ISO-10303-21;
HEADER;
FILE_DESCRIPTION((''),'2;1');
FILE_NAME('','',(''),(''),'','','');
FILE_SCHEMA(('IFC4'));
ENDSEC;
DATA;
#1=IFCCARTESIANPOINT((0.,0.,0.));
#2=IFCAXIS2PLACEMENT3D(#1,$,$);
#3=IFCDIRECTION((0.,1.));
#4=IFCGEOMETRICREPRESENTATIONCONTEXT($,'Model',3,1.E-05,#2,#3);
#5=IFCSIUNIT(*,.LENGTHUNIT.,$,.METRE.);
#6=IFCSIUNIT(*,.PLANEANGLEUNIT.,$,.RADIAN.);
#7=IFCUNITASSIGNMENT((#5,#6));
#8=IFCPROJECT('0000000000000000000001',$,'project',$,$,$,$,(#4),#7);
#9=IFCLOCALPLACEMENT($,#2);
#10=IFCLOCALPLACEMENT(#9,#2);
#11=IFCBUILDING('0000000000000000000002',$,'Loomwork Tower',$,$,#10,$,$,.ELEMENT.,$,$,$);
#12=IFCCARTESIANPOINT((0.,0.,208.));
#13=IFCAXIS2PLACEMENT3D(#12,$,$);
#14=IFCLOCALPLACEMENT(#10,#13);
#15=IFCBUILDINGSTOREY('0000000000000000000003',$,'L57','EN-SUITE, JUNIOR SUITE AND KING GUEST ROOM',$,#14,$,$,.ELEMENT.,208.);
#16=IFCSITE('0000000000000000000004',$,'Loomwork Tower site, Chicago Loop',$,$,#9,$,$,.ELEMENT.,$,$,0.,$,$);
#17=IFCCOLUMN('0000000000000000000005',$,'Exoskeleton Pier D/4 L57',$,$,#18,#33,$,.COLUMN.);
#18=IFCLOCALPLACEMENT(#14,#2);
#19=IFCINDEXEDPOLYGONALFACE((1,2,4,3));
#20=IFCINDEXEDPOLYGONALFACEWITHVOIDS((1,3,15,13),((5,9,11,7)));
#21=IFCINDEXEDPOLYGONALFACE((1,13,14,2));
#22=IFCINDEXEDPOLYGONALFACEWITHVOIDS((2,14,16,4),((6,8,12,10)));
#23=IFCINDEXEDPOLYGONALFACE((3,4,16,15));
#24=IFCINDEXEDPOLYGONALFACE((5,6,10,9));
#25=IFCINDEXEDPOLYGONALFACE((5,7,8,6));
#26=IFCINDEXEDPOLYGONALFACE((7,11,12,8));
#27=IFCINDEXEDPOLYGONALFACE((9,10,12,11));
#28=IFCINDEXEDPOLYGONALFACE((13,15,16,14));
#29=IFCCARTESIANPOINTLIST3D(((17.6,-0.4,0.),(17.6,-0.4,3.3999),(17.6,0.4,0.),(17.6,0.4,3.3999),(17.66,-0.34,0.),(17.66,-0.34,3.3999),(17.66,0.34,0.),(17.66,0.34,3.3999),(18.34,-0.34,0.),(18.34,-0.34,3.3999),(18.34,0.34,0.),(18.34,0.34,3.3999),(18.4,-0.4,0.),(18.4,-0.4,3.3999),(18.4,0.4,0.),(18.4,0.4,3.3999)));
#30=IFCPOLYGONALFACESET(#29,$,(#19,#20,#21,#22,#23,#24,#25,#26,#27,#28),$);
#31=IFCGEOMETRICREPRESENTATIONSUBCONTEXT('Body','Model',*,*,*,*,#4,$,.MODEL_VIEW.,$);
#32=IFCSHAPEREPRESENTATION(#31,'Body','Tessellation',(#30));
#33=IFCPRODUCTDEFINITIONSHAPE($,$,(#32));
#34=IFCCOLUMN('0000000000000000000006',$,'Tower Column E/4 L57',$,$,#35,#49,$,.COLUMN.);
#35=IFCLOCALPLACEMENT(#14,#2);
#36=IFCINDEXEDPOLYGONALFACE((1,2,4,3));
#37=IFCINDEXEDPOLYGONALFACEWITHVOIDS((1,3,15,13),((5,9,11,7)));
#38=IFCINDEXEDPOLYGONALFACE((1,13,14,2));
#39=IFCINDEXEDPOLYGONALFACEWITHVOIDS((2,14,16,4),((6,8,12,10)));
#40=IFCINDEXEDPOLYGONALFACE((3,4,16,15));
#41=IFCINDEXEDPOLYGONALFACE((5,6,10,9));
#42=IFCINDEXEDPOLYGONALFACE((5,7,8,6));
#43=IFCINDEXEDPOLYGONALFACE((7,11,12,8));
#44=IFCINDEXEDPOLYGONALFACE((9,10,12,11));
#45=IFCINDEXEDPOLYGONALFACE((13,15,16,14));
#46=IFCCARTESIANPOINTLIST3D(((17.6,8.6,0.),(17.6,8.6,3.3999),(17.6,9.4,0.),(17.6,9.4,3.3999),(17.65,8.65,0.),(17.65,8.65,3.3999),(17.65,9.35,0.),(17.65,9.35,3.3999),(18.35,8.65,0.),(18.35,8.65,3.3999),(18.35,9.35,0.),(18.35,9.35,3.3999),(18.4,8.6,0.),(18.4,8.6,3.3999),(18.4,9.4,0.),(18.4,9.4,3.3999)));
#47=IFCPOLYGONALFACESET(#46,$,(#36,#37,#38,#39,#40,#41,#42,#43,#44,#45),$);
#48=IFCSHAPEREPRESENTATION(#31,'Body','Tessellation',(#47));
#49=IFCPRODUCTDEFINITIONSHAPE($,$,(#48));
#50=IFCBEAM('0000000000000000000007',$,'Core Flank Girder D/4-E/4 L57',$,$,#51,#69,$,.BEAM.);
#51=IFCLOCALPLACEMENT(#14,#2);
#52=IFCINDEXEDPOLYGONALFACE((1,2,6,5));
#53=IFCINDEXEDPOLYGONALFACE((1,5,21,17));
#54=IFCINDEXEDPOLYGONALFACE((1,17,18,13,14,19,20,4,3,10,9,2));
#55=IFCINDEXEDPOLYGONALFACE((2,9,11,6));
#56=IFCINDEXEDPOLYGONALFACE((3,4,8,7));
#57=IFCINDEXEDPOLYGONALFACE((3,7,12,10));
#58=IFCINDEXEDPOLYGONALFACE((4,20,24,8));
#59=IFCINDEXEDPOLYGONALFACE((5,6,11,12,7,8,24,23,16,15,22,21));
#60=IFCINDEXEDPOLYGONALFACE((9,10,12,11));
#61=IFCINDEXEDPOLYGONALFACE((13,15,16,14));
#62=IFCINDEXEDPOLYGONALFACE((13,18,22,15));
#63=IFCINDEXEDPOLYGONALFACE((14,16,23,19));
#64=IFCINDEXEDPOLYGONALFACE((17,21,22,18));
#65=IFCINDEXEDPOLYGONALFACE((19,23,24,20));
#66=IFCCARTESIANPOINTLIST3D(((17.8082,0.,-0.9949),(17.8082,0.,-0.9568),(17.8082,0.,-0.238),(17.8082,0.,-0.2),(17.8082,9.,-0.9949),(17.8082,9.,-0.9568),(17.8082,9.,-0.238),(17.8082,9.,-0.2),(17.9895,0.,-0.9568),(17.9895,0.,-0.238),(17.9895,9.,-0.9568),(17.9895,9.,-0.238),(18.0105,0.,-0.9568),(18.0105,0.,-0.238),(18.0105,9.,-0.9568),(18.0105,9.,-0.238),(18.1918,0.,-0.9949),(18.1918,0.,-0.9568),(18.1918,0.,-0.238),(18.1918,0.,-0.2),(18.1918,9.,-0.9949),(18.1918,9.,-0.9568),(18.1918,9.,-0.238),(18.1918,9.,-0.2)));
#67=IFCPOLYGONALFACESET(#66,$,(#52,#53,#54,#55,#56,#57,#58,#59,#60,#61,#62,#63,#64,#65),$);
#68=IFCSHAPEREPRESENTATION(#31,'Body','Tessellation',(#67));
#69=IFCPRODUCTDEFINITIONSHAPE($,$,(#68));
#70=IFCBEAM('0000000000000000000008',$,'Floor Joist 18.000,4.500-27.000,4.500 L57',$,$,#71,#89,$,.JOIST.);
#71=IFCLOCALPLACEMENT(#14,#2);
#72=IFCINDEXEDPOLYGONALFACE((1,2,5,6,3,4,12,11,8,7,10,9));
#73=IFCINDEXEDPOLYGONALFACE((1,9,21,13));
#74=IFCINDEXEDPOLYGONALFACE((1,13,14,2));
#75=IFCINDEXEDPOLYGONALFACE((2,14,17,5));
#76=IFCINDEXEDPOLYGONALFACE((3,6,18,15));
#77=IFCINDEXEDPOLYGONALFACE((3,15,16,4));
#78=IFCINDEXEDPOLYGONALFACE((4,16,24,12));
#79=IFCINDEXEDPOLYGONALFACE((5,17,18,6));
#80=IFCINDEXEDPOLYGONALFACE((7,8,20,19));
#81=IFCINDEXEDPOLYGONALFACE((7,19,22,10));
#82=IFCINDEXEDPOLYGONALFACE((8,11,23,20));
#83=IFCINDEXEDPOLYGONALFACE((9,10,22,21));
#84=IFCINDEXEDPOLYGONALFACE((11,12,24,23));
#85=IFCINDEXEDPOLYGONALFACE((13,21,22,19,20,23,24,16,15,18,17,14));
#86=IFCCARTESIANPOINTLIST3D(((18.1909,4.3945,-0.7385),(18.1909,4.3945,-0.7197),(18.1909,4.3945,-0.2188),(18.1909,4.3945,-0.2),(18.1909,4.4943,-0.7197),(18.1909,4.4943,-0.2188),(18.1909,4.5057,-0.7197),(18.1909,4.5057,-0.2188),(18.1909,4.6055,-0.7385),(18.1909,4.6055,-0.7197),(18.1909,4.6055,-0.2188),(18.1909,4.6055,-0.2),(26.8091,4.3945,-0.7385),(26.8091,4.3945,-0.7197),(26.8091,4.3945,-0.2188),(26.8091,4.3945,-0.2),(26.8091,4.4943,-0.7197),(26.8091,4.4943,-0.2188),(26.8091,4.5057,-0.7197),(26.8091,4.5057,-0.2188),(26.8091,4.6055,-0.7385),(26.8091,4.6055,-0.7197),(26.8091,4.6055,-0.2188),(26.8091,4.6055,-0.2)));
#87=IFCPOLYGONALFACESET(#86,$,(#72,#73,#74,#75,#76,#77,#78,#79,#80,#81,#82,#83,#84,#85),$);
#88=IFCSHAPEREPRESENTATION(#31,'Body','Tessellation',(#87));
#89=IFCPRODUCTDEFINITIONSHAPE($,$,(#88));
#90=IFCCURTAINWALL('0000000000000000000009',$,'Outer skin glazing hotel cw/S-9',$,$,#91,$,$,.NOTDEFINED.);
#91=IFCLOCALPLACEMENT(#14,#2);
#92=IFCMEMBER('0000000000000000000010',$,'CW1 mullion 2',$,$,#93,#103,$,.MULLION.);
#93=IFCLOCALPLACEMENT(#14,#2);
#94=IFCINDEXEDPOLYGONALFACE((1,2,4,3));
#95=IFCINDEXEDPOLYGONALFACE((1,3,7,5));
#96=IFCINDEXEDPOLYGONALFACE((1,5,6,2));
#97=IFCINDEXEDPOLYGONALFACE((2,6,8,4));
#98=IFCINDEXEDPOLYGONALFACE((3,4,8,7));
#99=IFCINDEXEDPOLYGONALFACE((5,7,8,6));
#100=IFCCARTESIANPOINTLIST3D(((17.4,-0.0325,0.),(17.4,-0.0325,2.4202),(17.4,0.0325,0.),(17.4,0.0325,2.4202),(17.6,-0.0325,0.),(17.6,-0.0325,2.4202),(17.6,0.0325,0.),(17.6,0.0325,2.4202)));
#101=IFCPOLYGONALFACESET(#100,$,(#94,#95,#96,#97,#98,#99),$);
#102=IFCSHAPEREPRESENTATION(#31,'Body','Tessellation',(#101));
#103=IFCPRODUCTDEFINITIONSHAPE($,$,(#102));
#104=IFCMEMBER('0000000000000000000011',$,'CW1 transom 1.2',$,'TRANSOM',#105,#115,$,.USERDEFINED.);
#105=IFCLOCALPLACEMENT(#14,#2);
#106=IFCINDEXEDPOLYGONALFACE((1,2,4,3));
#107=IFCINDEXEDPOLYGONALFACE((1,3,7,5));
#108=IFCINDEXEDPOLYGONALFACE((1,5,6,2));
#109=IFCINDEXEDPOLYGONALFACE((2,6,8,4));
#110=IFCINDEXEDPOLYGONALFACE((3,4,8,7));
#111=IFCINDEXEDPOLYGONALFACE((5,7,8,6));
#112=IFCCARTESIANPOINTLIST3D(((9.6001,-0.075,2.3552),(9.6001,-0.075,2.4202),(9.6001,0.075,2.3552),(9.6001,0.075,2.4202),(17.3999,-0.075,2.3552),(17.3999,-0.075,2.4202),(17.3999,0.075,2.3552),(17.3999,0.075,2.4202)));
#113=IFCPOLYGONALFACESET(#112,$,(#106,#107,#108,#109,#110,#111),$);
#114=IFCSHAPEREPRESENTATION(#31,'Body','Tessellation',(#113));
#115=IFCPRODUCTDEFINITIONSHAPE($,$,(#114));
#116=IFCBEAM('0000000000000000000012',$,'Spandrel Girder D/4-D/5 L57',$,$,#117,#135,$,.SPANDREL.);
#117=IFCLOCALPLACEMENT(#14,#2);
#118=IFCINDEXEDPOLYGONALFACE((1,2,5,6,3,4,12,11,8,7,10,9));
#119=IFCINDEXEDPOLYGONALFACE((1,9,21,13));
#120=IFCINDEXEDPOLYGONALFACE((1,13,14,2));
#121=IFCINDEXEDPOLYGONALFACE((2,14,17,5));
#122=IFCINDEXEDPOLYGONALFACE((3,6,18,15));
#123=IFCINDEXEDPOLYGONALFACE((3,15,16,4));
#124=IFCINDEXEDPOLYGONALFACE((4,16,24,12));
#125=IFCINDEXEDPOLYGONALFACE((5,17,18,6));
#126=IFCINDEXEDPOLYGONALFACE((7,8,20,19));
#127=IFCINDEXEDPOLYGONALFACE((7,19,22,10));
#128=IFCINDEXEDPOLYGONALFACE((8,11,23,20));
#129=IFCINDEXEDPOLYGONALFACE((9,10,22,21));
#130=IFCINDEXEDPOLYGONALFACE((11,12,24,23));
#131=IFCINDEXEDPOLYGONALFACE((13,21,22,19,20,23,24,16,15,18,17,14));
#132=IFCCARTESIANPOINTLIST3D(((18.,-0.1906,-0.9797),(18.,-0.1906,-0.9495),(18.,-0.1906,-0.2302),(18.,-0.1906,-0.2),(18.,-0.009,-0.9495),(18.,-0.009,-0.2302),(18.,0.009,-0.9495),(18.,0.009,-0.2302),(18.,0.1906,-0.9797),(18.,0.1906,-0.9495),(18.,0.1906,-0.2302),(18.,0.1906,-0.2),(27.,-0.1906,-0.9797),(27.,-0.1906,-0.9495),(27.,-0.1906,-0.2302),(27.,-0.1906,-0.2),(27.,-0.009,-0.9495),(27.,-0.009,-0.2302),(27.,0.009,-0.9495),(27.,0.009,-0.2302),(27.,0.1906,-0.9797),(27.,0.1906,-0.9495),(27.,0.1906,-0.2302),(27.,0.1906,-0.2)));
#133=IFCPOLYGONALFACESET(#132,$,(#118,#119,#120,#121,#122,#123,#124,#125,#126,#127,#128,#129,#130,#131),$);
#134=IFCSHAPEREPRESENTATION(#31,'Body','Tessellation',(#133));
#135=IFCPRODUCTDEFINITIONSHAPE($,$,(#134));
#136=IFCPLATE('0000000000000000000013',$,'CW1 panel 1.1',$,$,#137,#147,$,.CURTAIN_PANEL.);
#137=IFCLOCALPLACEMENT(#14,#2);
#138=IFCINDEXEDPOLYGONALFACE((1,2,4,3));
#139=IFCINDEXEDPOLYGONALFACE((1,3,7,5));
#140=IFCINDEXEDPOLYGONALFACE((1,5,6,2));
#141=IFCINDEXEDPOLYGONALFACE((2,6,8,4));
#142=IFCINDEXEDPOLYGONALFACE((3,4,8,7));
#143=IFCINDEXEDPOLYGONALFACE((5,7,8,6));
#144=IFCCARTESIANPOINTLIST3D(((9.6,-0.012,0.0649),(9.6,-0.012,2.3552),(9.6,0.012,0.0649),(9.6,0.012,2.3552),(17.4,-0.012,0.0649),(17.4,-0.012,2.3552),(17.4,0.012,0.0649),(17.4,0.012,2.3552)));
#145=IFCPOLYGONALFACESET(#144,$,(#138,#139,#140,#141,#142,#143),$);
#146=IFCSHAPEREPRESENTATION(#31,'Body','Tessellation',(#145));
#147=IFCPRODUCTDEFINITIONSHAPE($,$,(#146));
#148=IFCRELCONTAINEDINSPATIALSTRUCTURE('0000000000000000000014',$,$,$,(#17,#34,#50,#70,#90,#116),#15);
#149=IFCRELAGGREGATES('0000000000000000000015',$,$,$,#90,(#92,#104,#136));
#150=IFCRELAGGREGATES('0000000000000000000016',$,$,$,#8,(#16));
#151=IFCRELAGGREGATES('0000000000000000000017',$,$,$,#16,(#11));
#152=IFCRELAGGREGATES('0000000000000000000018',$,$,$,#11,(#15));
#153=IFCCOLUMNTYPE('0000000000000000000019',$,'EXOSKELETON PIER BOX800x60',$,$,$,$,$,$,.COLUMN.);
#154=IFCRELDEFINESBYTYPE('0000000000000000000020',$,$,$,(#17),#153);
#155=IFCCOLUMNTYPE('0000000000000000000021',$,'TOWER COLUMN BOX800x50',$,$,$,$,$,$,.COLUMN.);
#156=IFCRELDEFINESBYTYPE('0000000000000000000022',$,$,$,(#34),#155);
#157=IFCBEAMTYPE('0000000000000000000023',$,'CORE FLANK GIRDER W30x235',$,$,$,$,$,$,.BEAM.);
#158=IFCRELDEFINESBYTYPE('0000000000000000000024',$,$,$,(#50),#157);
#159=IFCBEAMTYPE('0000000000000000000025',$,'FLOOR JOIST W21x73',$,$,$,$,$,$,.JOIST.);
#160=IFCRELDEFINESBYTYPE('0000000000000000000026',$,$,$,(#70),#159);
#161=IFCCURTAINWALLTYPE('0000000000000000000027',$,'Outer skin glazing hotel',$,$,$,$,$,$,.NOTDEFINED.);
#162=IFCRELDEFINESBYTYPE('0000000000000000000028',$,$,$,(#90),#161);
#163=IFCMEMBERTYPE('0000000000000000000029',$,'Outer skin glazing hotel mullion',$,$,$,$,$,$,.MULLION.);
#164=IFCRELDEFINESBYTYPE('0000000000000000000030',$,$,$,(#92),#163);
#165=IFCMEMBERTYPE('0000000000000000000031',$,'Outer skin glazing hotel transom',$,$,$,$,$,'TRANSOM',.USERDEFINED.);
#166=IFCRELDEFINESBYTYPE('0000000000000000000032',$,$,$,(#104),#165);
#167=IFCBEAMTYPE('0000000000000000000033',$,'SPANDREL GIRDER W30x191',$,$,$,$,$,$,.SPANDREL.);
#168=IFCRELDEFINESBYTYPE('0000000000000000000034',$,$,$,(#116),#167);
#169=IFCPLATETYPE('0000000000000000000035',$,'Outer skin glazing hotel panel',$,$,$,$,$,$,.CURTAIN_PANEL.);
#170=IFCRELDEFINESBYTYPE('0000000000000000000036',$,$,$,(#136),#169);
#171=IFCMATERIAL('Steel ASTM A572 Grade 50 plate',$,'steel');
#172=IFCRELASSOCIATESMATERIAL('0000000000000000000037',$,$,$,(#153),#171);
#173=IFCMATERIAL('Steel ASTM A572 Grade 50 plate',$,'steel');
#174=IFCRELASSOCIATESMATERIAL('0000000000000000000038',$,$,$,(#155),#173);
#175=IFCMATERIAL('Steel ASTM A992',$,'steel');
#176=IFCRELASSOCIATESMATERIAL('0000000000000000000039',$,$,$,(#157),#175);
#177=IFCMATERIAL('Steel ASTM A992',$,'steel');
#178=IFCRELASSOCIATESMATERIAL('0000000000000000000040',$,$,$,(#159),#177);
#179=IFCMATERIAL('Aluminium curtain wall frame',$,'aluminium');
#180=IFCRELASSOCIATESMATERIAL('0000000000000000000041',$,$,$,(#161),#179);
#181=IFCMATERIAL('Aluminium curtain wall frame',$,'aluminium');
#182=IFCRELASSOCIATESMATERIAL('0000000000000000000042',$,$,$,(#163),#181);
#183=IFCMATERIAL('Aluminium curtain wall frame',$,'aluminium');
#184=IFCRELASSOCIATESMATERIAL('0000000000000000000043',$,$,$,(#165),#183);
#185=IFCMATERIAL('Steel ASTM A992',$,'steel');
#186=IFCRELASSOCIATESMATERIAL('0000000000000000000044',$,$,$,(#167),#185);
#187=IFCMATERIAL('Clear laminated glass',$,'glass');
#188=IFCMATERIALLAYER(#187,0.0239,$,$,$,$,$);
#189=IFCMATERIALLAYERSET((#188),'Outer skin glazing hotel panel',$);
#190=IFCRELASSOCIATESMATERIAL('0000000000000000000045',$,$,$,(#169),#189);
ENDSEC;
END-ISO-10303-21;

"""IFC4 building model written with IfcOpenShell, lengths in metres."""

from ifc_helpers import new_model, si_unit, direction, frame, origin, origin_2d, place, context, subcontext, project, spatial, rectangle, hollow_rectangle, i_section, extrude, material, layer, layer_set, material_profile, profile_set, type_object, element, aggregate, save


model = new_model("IFC4")

# Units and contexts
model_context = context("Model", 3, precision=1e-05, world=origin(), true_north=direction((0.0, 1.0)))
body_context = subcontext(model_context, "Body", "Model", "MODEL_VIEW")
ifc_project = project(units=[si_unit("LENGTHUNIT", "METRE"), si_unit("PLANEANGLEUNIT", "RADIAN")], contexts=[model_context])

# Site, building, storey
site_placement = place(None, origin())
site = spatial("IfcSite", under=ifc_project, at=site_placement, Name="Loomwork Tower site, Chicago Loop", CompositionType="ELEMENT", RefElevation=0.0)
building_placement = place(site_placement, origin())
building = spatial("IfcBuilding", under=site, at=building_placement, Name="Loomwork Tower", CompositionType="ELEMENT")
storey_placement = place(building_placement, frame((0.0, 0.0, 208.0)))
storey = spatial("IfcBuildingStorey", under=building, at=storey_placement, Name="L57", Description="EN-SUITE, JUNIOR SUITE AND KING GUEST ROOM", CompositionType="ELEMENT", Elevation=208.0)

# Columns
ifc_material_1 = material(Name="Steel ASTM A572 Grade 50 plate", Category="steel")
ifc_material_profile_1 = material_profile(ifc_material_1, hollow_rectangle(XDim=0.8, YDim=0.8, WallThickness=0.0601, at=origin_2d()), Name="BOX800x60")
ifc_profile_set_1 = profile_set([ifc_material_profile_1], Name="Steel ASTM A572 Grade 50 plate")
column_type_1 = type_object("IfcColumnType", Name="EXOSKELETON PIER BOX800x60", PredefinedType="COLUMN", material=ifc_profile_set_1)
column_1_placement = place(storey_placement, frame((18.0, 0.0, 0.0), z_axis=(0.0, 0.0, 1.0), x_axis=(1.0, 0.0, 0.0)))
element("IfcColumn", 1, at=column_1_placement, inside=storey, type_object=column_type_1, Name="Exoskeleton Pier D/4 L57", PredefinedType="COLUMN", context=body_context, shape_type="SweptSolid", body=[
    extrude(hollow_rectangle(XDim=0.8, YDim=0.8, WallThickness=0.0601, at=origin_2d()), origin(), (0.0, 0.0, 1.0), 3.3999),
])
ifc_material_2 = material(Name="Steel ASTM A572 Grade 50 plate", Category="steel")
ifc_material_profile_2 = material_profile(ifc_material_2, hollow_rectangle(XDim=0.8, YDim=0.8, WallThickness=0.05, at=origin_2d()), Name="BOX800x50")
ifc_profile_set_2 = profile_set([ifc_material_profile_2], Name="Steel ASTM A572 Grade 50 plate")
column_type_2 = type_object("IfcColumnType", Name="TOWER COLUMN BOX800x50", PredefinedType="COLUMN", material=ifc_profile_set_2)
column_2_placement = place(storey_placement, frame((18.0, 9.0, 0.0), z_axis=(0.0, 0.0, 1.0), x_axis=(1.0, 0.0, 0.0)))
element("IfcColumn", 2, at=column_2_placement, inside=storey, type_object=column_type_2, Name="Tower Column E/4 L57", PredefinedType="COLUMN", context=body_context, shape_type="SweptSolid", body=[
    extrude(hollow_rectangle(XDim=0.8, YDim=0.8, WallThickness=0.05, at=origin_2d()), origin(), (0.0, 0.0, 1.0), 3.3999),
])

# Beams
ifc_material_3 = material(Name="Steel ASTM A992", Category="steel")
ifc_material_profile_3 = material_profile(ifc_material_3, i_section(OverallWidth=0.3835, OverallDepth=0.7949, WebThickness=0.021, FlangeThickness=0.0381, at=origin_2d()), Name="W30x235")
ifc_profile_set_3 = profile_set([ifc_material_profile_3], Name="Steel ASTM A992")
beam_type_1 = type_object("IfcBeamType", Name="CORE FLANK GIRDER W30x235", PredefinedType="BEAM", material=ifc_profile_set_3)
beam_1_placement = place(storey_placement, frame((18.0, 0.0, -0.5974), z_axis=(0.0, 1.0, 0.0), x_axis=(-1.0, 0.0, 0.0)))
element("IfcBeam", 3, at=beam_1_placement, inside=storey, type_object=beam_type_1, Name="Core Flank Girder D/4-E/4 L57", PredefinedType="BEAM", context=body_context, shape_type="SweptSolid", body=[
    extrude(i_section(OverallWidth=0.3835, OverallDepth=0.7949, WebThickness=0.021, FlangeThickness=0.0381, at=origin_2d()), origin(), (0.0, 0.0, 1.0), 9.0),
])
ifc_material_4 = material(Name="Steel ASTM A992", Category="steel")
ifc_material_profile_4 = material_profile(ifc_material_4, i_section(OverallWidth=0.2109, OverallDepth=0.5386, WebThickness=0.0115, FlangeThickness=0.0188, at=origin_2d()), Name="W21x73")
ifc_profile_set_4 = profile_set([ifc_material_profile_4], Name="Steel ASTM A992")
beam_type_2 = type_object("IfcBeamType", Name="FLOOR JOIST W21x73", PredefinedType="JOIST", material=ifc_profile_set_4)
beam_2_placement = place(storey_placement, frame((18.1909, 4.5, -0.4692), z_axis=(1.0, 0.0, 0.0), x_axis=(0.0, 1.0, 0.0)))
element("IfcBeam", 4, at=beam_2_placement, inside=storey, type_object=beam_type_2, Name="Floor Joist 18.000,4.500-27.000,4.500 L57", PredefinedType="JOIST", context=body_context, shape_type="SweptSolid", body=[
    extrude(i_section(OverallWidth=0.2109, OverallDepth=0.5386, WebThickness=0.0115, FlangeThickness=0.0188, at=origin_2d()), origin(), (0.0, 0.0, 1.0), 8.6182),
])

# Curtain wall, members
ifc_material_5 = material(Name="Aluminium curtain wall frame", Category="aluminium")
curtain_wall_type = type_object("IfcCurtainWallType", Name="Outer skin glazing hotel", PredefinedType="NOTDEFINED", material=ifc_material_5)
curtain_wall_placement = place(storey_placement, origin())
curtain_wall = element("IfcCurtainWall", 5, at=curtain_wall_placement, inside=storey, type_object=curtain_wall_type, Name="Outer skin glazing hotel cw/S-9", PredefinedType="NOTDEFINED")
ifc_material_6 = material(Name="Aluminium curtain wall frame", Category="aluminium")
ifc_material_profile_5 = material_profile(ifc_material_6, rectangle(XDim=0.0649, YDim=0.2, at=origin_2d()), Name="AL 65x200")
ifc_profile_set_5 = profile_set([ifc_material_profile_5], Name="Aluminium curtain wall frame")
member_type_1 = type_object("IfcMemberType", Name="Outer skin glazing hotel mullion", PredefinedType="MULLION", material=ifc_profile_set_5)
member_1_placement = place(storey_placement, frame((17.5, 0.0, 0.0), z_axis=(0.0, 0.0, 1.0), x_axis=(0.0, 1.0, 0.0)))
member_1 = element("IfcMember", 6, at=member_1_placement, type_object=member_type_1, Name="CW1 mullion 2", PredefinedType="MULLION", context=body_context, shape_type="SweptSolid", body=[
    extrude(rectangle(XDim=0.0649, YDim=0.2, at=origin_2d()), origin(), (0.0, 0.0, 1.0), 2.4202),
])
ifc_material_7 = material(Name="Aluminium curtain wall frame", Category="aluminium")
ifc_material_profile_6 = material_profile(ifc_material_7, rectangle(XDim=0.1499, YDim=0.0649, at=origin_2d()), Name="AL 65x150")
ifc_profile_set_6 = profile_set([ifc_material_profile_6], Name="Aluminium curtain wall frame")
member_type_2 = type_object("IfcMemberType", Name="Outer skin glazing hotel transom", ElementType="TRANSOM", PredefinedType="USERDEFINED", material=ifc_profile_set_6)
member_2_placement = place(storey_placement, frame((9.6001, 0.0, 2.3877), z_axis=(1.0, 0.0, 0.0), x_axis=(0.0, 1.0, 0.0)))
member_2 = element("IfcMember", 7, at=member_2_placement, type_object=member_type_2, Name="CW1 transom 1.2", ObjectType="TRANSOM", PredefinedType="USERDEFINED", context=body_context, shape_type="SweptSolid", body=[
    extrude(rectangle(XDim=0.1499, YDim=0.0649, at=origin_2d()), origin(), (0.0, 0.0, 1.0), 7.7998),
])

# Beam
ifc_material_8 = material(Name="Steel ASTM A992", Category="steel")
ifc_material_profile_7 = material_profile(ifc_material_8, i_section(OverallWidth=0.3811, OverallDepth=0.7798, WebThickness=0.0181, FlangeThickness=0.0303, at=origin_2d()), Name="W30x191")
ifc_profile_set_7 = profile_set([ifc_material_profile_7], Name="Steel ASTM A992")
beam_type_3 = type_object("IfcBeamType", Name="SPANDREL GIRDER W30x191", PredefinedType="SPANDREL", material=ifc_profile_set_7)
beam_3_placement = place(storey_placement, frame((18.0, 0.0, -0.5898), z_axis=(1.0, 0.0, 0.0), x_axis=(0.0, 1.0, 0.0)))
element("IfcBeam", 8, at=beam_3_placement, inside=storey, type_object=beam_type_3, Name="Spandrel Girder D/4-D/5 L57", PredefinedType="SPANDREL", context=body_context, shape_type="SweptSolid", body=[
    extrude(i_section(OverallWidth=0.3811, OverallDepth=0.7798, WebThickness=0.0181, FlangeThickness=0.0303, at=origin_2d()), origin(), (0.0, 0.0, 1.0), 9.0),
])

# Plate
ifc_material_9 = material(Name="Clear laminated glass", Category="glass")
ifc_layer_1 = layer(ifc_material_9, 0.0239)
ifc_layer_set_1 = layer_set([ifc_layer_1], Name="Outer skin glazing hotel panel")
plate_type = type_object("IfcPlateType", Name="Outer skin glazing hotel panel", PredefinedType="CURTAIN_PANEL", material=ifc_layer_set_1)
plate_placement = place(storey_placement, frame((13.5, 0.0, 0.0649), z_axis=(0.0, 0.0, 1.0), x_axis=(1.0, 0.0, 0.0)))
plate = element("IfcPlate", 9, at=plate_placement, type_object=plate_type, Name="CW1 panel 1.1", PredefinedType="CURTAIN_PANEL", context=body_context, shape_type="SweptSolid", body=[
    extrude(rectangle(XDim=7.8, YDim=0.0239, at=origin_2d()), origin(), (0.0, 0.0, 1.0), 2.2903),
])
aggregate(curtain_wall, [member_1, member_2, plate])

save(model, "model.ifc")
